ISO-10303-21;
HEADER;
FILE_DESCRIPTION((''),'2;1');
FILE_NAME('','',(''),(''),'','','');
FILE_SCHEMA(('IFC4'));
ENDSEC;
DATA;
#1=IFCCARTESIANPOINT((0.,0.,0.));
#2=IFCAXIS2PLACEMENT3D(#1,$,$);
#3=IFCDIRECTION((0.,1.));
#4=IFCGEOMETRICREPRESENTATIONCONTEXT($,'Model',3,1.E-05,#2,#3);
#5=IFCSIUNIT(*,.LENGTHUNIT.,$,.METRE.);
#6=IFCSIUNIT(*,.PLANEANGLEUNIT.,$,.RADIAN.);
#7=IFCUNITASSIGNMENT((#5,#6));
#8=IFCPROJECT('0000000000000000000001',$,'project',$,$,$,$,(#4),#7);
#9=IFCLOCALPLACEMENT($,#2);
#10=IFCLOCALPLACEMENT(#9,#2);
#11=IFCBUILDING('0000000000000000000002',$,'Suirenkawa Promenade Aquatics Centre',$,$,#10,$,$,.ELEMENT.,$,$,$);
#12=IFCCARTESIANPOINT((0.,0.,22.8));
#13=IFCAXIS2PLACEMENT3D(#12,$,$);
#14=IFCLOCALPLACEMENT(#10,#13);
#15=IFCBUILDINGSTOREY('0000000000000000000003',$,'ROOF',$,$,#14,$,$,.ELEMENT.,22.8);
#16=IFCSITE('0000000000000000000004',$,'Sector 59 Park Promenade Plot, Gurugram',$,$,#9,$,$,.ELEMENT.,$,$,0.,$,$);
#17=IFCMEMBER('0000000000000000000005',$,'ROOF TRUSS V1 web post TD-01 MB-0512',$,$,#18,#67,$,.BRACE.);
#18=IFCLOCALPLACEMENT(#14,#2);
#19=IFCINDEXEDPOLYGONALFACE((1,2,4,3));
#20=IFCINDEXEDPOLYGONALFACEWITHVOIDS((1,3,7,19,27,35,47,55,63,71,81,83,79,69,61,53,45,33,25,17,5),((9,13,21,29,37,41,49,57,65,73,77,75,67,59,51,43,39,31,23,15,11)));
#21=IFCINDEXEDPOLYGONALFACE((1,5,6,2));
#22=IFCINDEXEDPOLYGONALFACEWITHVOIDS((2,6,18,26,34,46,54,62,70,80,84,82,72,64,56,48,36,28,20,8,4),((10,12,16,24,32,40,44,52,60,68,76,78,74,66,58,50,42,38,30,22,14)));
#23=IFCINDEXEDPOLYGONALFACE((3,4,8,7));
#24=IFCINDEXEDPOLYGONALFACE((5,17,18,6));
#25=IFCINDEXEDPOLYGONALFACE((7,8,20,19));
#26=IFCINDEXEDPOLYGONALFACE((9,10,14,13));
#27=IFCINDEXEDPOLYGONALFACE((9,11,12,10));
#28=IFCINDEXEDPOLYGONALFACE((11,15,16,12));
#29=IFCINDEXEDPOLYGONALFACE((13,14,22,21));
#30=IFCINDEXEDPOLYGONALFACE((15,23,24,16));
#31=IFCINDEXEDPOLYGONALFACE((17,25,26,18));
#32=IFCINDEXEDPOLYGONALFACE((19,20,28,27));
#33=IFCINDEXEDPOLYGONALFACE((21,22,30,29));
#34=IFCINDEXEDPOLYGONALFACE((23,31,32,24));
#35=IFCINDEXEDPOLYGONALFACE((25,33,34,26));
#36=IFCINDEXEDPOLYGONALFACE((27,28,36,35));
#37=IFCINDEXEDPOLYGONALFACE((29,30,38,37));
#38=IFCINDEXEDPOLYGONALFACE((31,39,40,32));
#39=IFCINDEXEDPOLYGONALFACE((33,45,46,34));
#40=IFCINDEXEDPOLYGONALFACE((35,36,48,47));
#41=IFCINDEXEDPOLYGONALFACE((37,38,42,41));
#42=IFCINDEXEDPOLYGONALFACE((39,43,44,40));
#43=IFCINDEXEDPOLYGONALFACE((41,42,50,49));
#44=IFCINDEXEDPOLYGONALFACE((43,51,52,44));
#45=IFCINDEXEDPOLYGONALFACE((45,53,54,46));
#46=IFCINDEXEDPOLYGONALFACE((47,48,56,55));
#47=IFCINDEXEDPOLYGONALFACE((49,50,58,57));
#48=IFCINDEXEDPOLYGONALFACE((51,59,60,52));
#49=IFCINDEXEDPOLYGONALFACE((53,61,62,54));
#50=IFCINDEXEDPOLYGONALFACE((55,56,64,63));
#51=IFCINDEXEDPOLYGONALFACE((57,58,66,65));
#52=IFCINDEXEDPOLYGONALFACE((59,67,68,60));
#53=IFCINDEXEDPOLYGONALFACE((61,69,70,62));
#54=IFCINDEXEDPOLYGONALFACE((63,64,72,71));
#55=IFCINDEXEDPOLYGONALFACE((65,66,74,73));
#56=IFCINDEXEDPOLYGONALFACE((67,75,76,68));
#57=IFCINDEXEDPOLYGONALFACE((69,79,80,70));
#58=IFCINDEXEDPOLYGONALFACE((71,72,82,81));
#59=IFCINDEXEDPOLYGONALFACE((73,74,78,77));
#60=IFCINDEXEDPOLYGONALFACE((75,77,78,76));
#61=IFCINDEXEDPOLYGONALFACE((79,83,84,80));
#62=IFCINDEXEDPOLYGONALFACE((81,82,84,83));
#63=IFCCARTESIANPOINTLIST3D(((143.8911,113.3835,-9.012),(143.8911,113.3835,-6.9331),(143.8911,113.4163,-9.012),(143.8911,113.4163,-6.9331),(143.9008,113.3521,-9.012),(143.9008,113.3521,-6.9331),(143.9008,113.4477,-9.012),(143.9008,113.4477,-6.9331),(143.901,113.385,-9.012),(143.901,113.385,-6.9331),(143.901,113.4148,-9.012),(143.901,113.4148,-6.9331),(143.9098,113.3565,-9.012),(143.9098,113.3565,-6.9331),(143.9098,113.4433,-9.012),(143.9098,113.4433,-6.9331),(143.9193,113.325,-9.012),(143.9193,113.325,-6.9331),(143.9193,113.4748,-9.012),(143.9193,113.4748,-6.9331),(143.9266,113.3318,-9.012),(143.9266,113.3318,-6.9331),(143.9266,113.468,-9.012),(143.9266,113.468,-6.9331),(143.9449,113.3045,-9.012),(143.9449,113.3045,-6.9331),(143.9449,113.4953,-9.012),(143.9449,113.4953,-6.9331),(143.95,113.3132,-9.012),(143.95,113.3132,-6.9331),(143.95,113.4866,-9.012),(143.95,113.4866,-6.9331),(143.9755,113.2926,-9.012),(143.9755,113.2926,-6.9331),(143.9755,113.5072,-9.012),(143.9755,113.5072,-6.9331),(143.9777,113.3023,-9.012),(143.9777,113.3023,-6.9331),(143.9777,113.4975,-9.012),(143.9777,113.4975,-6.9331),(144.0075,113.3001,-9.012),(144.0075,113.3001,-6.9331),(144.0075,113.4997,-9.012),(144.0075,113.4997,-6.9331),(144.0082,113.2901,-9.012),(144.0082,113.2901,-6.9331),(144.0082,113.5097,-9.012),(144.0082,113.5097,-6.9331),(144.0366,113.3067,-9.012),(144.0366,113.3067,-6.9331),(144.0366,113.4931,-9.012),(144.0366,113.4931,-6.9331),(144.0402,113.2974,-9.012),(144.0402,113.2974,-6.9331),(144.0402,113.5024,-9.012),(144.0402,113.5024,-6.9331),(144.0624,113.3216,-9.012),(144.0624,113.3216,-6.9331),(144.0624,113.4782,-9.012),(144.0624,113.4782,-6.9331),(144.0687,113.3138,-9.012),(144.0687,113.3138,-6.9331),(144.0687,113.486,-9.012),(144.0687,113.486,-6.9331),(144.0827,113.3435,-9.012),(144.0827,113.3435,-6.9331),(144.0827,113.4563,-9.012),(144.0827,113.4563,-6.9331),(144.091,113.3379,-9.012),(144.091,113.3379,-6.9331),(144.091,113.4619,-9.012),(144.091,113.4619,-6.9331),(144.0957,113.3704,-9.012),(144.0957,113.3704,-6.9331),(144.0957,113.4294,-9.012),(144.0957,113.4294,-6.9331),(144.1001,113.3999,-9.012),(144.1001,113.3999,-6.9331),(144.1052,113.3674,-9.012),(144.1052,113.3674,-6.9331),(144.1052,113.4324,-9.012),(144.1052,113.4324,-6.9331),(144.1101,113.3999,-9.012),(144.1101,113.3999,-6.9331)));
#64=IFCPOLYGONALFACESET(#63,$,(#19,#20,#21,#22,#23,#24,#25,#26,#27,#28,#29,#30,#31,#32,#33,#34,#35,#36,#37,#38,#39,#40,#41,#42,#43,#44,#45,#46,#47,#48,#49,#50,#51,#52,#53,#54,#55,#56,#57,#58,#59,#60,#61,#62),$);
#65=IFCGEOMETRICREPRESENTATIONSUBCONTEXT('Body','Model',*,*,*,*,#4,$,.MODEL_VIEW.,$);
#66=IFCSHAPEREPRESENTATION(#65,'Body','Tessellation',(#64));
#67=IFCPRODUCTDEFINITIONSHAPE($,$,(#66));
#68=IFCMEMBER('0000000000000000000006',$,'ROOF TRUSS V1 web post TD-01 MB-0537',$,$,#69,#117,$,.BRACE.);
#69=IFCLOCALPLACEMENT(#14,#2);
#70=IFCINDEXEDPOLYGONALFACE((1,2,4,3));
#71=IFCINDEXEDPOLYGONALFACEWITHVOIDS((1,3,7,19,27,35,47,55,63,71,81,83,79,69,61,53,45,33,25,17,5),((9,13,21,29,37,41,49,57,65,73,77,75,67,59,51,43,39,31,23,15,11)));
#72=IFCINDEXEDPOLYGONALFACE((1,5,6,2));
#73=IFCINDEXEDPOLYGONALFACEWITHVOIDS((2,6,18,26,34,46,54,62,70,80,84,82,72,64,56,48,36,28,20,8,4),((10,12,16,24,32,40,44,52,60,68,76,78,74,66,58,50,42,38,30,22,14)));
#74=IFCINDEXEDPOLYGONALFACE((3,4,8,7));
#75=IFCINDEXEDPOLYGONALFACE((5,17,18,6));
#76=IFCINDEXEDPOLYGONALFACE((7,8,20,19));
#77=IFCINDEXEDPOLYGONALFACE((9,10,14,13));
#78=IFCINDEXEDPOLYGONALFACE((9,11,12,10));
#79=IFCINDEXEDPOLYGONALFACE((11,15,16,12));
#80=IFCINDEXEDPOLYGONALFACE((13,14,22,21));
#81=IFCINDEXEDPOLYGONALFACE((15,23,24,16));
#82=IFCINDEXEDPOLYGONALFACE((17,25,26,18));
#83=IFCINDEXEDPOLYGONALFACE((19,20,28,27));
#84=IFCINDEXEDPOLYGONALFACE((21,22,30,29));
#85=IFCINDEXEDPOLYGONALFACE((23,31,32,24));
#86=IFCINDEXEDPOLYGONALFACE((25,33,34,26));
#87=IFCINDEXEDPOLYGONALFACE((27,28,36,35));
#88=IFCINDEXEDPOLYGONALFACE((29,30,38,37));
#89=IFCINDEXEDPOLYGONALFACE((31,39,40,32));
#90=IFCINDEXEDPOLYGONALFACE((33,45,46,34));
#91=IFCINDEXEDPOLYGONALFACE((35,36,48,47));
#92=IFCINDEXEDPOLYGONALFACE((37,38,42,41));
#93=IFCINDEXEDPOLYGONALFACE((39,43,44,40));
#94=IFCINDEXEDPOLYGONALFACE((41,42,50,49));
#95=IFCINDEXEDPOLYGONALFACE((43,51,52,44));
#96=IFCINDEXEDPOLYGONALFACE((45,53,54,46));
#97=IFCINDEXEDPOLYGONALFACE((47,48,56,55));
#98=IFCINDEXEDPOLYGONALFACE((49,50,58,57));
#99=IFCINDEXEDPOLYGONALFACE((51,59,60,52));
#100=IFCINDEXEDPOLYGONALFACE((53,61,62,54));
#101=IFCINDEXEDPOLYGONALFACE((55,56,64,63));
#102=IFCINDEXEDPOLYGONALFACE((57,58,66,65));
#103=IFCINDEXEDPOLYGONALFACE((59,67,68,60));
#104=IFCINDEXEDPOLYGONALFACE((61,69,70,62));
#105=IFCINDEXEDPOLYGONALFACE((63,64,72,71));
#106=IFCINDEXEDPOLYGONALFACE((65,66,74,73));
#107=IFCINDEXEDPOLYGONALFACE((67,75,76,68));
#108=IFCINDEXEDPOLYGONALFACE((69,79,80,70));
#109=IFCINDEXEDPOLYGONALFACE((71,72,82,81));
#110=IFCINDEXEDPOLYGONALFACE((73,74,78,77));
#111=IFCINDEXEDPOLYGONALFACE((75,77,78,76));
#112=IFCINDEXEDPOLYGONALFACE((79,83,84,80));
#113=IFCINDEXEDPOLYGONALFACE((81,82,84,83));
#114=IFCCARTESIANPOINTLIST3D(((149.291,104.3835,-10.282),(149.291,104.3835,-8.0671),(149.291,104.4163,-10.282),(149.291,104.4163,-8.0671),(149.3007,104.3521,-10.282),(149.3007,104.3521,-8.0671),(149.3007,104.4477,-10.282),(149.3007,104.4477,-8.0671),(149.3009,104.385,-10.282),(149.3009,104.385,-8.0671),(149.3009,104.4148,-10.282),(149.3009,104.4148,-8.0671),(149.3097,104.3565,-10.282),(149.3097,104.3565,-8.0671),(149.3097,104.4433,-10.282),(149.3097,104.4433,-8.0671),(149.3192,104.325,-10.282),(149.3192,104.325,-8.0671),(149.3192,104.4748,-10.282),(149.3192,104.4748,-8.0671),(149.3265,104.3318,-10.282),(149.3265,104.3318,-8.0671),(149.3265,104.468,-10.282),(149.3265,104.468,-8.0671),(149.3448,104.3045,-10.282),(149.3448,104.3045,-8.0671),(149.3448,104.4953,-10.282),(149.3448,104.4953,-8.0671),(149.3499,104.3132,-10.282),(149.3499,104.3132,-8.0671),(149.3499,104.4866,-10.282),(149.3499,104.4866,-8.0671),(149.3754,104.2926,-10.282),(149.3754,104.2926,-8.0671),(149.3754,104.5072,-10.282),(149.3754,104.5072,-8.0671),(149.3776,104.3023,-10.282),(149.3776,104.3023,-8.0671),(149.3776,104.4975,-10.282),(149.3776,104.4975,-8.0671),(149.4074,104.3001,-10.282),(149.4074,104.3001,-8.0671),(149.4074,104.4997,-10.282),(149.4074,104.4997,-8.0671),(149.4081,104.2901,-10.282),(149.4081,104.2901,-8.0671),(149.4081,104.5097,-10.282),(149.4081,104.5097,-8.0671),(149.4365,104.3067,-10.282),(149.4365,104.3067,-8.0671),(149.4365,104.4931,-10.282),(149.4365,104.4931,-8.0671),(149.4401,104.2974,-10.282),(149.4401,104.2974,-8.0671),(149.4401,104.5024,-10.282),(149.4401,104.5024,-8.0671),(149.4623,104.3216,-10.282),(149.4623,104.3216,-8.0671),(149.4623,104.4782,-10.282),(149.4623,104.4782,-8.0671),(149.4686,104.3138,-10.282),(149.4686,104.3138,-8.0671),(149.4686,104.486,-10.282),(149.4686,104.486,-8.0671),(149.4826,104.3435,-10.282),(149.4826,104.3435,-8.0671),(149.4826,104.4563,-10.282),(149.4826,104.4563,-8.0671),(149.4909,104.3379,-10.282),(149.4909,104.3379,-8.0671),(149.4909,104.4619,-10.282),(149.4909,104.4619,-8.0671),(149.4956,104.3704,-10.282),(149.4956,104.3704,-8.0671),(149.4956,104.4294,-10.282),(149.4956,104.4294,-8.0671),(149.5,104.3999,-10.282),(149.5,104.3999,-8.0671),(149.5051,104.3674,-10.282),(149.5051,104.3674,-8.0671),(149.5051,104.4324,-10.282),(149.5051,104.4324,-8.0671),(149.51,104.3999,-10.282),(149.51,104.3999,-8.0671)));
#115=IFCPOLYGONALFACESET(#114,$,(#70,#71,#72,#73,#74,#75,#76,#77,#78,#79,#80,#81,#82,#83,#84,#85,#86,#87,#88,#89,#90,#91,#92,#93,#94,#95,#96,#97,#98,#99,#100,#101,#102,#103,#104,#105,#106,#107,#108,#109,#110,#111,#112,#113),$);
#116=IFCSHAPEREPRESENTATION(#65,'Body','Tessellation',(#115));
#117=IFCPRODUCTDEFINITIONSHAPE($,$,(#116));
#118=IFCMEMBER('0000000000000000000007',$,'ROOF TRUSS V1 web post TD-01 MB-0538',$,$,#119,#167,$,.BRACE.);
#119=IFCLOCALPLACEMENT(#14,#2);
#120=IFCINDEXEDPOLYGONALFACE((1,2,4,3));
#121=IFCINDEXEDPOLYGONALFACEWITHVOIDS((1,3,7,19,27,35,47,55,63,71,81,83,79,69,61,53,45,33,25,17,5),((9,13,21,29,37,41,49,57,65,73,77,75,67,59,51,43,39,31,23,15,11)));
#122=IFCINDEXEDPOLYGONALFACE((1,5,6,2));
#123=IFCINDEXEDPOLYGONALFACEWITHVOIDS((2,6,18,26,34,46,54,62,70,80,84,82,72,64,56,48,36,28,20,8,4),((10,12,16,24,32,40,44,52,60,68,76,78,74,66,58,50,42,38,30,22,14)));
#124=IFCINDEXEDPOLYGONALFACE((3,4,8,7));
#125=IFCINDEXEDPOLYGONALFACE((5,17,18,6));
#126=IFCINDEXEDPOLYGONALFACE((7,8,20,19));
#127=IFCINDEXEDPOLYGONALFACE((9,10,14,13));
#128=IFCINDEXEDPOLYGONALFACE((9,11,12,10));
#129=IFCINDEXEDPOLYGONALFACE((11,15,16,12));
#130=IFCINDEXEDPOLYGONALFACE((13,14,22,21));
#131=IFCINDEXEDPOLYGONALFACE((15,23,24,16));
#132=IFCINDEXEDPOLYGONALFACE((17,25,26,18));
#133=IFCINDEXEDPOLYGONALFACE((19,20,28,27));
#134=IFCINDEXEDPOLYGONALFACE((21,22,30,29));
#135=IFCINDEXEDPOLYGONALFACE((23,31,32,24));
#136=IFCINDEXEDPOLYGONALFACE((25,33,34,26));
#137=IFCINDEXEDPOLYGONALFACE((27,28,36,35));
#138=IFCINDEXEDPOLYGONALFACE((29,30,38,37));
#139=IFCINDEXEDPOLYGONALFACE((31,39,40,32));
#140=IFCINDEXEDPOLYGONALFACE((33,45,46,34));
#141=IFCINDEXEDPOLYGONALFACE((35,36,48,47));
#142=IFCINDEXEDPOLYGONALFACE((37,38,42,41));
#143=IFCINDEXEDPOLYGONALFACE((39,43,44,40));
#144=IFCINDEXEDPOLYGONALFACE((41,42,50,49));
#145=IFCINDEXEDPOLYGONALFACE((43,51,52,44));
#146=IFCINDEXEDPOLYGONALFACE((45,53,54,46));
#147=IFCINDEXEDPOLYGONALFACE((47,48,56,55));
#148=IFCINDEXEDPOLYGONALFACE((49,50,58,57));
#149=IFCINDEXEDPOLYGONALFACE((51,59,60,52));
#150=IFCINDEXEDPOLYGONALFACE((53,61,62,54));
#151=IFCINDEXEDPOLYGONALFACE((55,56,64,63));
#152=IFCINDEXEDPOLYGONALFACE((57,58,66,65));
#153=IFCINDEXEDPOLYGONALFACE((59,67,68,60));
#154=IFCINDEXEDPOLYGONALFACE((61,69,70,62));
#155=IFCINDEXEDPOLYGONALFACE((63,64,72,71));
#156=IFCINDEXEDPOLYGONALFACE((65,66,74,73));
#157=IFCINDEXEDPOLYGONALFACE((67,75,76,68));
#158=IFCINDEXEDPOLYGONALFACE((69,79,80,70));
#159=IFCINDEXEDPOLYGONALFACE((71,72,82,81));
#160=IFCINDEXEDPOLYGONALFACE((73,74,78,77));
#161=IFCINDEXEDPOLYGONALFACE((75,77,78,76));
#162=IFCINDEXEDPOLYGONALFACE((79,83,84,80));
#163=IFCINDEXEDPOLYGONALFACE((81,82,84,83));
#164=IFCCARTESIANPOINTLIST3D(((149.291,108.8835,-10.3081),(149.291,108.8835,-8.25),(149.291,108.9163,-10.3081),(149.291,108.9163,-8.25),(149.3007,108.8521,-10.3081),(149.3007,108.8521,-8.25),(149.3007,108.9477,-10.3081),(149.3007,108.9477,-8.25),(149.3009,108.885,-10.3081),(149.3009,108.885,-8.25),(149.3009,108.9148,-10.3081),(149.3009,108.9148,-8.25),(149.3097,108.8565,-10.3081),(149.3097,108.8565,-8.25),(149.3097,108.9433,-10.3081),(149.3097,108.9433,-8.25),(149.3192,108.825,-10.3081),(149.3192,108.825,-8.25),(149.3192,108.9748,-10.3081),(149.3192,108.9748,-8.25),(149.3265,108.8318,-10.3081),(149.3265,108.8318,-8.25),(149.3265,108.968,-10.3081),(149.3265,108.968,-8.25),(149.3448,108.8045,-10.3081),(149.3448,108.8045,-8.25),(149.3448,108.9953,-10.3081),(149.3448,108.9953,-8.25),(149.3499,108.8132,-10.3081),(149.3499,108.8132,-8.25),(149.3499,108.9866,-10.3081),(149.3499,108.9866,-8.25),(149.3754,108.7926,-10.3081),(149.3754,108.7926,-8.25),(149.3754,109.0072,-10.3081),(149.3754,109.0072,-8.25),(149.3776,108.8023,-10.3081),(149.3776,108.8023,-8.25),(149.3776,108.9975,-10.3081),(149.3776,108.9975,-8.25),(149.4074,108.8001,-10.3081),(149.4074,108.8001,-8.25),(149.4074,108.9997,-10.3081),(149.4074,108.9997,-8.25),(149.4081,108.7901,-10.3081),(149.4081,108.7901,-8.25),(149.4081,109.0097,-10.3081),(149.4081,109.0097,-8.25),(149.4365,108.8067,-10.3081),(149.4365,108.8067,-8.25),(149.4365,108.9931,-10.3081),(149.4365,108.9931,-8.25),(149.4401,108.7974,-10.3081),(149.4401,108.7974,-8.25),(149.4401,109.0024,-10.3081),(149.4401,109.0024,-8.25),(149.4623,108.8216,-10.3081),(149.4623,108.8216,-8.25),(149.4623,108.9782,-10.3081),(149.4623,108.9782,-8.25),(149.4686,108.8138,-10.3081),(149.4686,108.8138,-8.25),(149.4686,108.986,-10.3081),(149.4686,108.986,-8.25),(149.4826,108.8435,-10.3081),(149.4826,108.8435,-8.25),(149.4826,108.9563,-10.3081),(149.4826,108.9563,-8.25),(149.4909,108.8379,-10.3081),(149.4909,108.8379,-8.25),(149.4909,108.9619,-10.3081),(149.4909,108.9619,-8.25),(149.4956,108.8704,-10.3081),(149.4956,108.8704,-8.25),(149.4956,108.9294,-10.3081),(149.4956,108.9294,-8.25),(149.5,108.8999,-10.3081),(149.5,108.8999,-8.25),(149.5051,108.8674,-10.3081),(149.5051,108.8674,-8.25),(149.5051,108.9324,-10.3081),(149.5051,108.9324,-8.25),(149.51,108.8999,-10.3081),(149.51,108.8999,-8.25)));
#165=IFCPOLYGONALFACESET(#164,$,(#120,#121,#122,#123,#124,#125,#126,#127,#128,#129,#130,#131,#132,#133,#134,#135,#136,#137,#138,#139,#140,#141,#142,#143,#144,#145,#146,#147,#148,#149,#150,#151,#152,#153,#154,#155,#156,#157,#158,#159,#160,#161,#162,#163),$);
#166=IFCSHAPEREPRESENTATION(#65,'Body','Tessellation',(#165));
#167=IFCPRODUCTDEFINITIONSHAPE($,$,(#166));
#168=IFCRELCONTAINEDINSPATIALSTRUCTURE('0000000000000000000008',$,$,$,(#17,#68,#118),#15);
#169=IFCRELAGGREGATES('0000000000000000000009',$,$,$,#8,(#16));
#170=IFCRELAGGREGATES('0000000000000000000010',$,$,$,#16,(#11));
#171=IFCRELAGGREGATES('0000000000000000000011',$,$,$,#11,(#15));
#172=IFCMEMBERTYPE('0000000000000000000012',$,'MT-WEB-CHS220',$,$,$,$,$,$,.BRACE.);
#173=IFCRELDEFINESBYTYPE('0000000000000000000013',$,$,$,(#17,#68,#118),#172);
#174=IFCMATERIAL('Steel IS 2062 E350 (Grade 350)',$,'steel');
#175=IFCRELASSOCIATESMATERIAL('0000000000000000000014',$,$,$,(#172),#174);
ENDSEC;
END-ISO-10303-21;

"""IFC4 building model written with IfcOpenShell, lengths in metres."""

from ifc_helpers import new_model, si_unit, direction, frame, origin, origin_2d, place, context, subcontext, project, spatial, hollow_circle, extrude, material, material_profile, profile_set, type_object, element, save


model = new_model("IFC4")

# Units and contexts
model_context = context("Model", 3, precision=1e-05, world=origin(), true_north=direction((0.0, 1.0)))
body_context = subcontext(model_context, "Body", "Model", "MODEL_VIEW")
ifc_project = project(units=[si_unit("LENGTHUNIT", "METRE"), si_unit("PLANEANGLEUNIT", "RADIAN")], contexts=[model_context])

# Site, building, storey
site_placement = place(None, origin())
site = spatial("IfcSite", under=ifc_project, at=site_placement, Name="Sector 59 Park Promenade Plot, Gurugram", CompositionType="ELEMENT", RefElevation=0.0)
building_placement = place(site_placement, origin())
building = spatial("IfcBuilding", under=site, at=building_placement, Name="Suirenkawa Promenade Aquatics Centre", CompositionType="ELEMENT")
storey_placement = place(building_placement, frame((0.0, 0.0, 22.8)))
storey = spatial("IfcBuildingStorey", under=building, at=storey_placement, Name="ROOF", CompositionType="ELEMENT", Elevation=22.8)

# Shared definitions
ifc_material = material(Name="Steel IS 2062 E350 (Grade 350)", Category="steel")

# Members
ifc_material_profile_1 = material_profile(ifc_material, hollow_circle(Radius=0.1101, WallThickness=0.01, at=origin_2d()), Name="CHS 220x10", Category="steel")
ifc_profile_set_1 = profile_set([ifc_material_profile_1], Name="Steel IS 2062 E350 (Grade 350)")
member_type_1 = type_object("IfcMemberType", Name="MT-WEB-CHS220", PredefinedType="BRACE", material=ifc_profile_set_1)
member_1_placement = place(storey_placement, frame((144.0, 113.3999, -9.012), z_axis=(0.0, 0.0, 1.0), x_axis=(1.0, 0.0, 0.0)))
element("IfcMember", 1, at=member_1_placement, inside=storey, type_object=member_type_1, Name="ROOF TRUSS V1 web post TD-01 MB-0512", PredefinedType="BRACE", context=body_context, shape_type="SweptSolid", body=[
    extrude(hollow_circle(Radius=0.1101, WallThickness=0.01, at=origin_2d()), origin(), (0.0, 0.0, 1.0), 2.0789),
])
member_2_placement = place(storey_placement, frame((149.3999, 104.3999, -10.282), z_axis=(0.0, 0.0, 1.0), x_axis=(1.0, 0.0, 0.0)))
element("IfcMember", 2, at=member_2_placement, inside=storey, type_object=member_type_1, Name="ROOF TRUSS V1 web post TD-01 MB-0537", PredefinedType="BRACE", context=body_context, shape_type="SweptSolid", body=[
    extrude(hollow_circle(Radius=0.1101, WallThickness=0.01, at=origin_2d()), origin(), (0.0, 0.0, 1.0), 2.2148),
])
member_3_placement = place(storey_placement, frame((149.3999, 108.8999, -10.3081), z_axis=(0.0, 0.0, 1.0), x_axis=(1.0, 0.0, 0.0)))
element("IfcMember", 3, at=member_3_placement, inside=storey, type_object=member_type_1, Name="ROOF TRUSS V1 web post TD-01 MB-0538", PredefinedType="BRACE", context=body_context, shape_type="SweptSolid", body=[
    extrude(hollow_circle(Radius=0.1101, WallThickness=0.01, at=origin_2d()), origin(), (0.0, 0.0, 1.0), 2.0581),
])

save(model, "model.ifc")
